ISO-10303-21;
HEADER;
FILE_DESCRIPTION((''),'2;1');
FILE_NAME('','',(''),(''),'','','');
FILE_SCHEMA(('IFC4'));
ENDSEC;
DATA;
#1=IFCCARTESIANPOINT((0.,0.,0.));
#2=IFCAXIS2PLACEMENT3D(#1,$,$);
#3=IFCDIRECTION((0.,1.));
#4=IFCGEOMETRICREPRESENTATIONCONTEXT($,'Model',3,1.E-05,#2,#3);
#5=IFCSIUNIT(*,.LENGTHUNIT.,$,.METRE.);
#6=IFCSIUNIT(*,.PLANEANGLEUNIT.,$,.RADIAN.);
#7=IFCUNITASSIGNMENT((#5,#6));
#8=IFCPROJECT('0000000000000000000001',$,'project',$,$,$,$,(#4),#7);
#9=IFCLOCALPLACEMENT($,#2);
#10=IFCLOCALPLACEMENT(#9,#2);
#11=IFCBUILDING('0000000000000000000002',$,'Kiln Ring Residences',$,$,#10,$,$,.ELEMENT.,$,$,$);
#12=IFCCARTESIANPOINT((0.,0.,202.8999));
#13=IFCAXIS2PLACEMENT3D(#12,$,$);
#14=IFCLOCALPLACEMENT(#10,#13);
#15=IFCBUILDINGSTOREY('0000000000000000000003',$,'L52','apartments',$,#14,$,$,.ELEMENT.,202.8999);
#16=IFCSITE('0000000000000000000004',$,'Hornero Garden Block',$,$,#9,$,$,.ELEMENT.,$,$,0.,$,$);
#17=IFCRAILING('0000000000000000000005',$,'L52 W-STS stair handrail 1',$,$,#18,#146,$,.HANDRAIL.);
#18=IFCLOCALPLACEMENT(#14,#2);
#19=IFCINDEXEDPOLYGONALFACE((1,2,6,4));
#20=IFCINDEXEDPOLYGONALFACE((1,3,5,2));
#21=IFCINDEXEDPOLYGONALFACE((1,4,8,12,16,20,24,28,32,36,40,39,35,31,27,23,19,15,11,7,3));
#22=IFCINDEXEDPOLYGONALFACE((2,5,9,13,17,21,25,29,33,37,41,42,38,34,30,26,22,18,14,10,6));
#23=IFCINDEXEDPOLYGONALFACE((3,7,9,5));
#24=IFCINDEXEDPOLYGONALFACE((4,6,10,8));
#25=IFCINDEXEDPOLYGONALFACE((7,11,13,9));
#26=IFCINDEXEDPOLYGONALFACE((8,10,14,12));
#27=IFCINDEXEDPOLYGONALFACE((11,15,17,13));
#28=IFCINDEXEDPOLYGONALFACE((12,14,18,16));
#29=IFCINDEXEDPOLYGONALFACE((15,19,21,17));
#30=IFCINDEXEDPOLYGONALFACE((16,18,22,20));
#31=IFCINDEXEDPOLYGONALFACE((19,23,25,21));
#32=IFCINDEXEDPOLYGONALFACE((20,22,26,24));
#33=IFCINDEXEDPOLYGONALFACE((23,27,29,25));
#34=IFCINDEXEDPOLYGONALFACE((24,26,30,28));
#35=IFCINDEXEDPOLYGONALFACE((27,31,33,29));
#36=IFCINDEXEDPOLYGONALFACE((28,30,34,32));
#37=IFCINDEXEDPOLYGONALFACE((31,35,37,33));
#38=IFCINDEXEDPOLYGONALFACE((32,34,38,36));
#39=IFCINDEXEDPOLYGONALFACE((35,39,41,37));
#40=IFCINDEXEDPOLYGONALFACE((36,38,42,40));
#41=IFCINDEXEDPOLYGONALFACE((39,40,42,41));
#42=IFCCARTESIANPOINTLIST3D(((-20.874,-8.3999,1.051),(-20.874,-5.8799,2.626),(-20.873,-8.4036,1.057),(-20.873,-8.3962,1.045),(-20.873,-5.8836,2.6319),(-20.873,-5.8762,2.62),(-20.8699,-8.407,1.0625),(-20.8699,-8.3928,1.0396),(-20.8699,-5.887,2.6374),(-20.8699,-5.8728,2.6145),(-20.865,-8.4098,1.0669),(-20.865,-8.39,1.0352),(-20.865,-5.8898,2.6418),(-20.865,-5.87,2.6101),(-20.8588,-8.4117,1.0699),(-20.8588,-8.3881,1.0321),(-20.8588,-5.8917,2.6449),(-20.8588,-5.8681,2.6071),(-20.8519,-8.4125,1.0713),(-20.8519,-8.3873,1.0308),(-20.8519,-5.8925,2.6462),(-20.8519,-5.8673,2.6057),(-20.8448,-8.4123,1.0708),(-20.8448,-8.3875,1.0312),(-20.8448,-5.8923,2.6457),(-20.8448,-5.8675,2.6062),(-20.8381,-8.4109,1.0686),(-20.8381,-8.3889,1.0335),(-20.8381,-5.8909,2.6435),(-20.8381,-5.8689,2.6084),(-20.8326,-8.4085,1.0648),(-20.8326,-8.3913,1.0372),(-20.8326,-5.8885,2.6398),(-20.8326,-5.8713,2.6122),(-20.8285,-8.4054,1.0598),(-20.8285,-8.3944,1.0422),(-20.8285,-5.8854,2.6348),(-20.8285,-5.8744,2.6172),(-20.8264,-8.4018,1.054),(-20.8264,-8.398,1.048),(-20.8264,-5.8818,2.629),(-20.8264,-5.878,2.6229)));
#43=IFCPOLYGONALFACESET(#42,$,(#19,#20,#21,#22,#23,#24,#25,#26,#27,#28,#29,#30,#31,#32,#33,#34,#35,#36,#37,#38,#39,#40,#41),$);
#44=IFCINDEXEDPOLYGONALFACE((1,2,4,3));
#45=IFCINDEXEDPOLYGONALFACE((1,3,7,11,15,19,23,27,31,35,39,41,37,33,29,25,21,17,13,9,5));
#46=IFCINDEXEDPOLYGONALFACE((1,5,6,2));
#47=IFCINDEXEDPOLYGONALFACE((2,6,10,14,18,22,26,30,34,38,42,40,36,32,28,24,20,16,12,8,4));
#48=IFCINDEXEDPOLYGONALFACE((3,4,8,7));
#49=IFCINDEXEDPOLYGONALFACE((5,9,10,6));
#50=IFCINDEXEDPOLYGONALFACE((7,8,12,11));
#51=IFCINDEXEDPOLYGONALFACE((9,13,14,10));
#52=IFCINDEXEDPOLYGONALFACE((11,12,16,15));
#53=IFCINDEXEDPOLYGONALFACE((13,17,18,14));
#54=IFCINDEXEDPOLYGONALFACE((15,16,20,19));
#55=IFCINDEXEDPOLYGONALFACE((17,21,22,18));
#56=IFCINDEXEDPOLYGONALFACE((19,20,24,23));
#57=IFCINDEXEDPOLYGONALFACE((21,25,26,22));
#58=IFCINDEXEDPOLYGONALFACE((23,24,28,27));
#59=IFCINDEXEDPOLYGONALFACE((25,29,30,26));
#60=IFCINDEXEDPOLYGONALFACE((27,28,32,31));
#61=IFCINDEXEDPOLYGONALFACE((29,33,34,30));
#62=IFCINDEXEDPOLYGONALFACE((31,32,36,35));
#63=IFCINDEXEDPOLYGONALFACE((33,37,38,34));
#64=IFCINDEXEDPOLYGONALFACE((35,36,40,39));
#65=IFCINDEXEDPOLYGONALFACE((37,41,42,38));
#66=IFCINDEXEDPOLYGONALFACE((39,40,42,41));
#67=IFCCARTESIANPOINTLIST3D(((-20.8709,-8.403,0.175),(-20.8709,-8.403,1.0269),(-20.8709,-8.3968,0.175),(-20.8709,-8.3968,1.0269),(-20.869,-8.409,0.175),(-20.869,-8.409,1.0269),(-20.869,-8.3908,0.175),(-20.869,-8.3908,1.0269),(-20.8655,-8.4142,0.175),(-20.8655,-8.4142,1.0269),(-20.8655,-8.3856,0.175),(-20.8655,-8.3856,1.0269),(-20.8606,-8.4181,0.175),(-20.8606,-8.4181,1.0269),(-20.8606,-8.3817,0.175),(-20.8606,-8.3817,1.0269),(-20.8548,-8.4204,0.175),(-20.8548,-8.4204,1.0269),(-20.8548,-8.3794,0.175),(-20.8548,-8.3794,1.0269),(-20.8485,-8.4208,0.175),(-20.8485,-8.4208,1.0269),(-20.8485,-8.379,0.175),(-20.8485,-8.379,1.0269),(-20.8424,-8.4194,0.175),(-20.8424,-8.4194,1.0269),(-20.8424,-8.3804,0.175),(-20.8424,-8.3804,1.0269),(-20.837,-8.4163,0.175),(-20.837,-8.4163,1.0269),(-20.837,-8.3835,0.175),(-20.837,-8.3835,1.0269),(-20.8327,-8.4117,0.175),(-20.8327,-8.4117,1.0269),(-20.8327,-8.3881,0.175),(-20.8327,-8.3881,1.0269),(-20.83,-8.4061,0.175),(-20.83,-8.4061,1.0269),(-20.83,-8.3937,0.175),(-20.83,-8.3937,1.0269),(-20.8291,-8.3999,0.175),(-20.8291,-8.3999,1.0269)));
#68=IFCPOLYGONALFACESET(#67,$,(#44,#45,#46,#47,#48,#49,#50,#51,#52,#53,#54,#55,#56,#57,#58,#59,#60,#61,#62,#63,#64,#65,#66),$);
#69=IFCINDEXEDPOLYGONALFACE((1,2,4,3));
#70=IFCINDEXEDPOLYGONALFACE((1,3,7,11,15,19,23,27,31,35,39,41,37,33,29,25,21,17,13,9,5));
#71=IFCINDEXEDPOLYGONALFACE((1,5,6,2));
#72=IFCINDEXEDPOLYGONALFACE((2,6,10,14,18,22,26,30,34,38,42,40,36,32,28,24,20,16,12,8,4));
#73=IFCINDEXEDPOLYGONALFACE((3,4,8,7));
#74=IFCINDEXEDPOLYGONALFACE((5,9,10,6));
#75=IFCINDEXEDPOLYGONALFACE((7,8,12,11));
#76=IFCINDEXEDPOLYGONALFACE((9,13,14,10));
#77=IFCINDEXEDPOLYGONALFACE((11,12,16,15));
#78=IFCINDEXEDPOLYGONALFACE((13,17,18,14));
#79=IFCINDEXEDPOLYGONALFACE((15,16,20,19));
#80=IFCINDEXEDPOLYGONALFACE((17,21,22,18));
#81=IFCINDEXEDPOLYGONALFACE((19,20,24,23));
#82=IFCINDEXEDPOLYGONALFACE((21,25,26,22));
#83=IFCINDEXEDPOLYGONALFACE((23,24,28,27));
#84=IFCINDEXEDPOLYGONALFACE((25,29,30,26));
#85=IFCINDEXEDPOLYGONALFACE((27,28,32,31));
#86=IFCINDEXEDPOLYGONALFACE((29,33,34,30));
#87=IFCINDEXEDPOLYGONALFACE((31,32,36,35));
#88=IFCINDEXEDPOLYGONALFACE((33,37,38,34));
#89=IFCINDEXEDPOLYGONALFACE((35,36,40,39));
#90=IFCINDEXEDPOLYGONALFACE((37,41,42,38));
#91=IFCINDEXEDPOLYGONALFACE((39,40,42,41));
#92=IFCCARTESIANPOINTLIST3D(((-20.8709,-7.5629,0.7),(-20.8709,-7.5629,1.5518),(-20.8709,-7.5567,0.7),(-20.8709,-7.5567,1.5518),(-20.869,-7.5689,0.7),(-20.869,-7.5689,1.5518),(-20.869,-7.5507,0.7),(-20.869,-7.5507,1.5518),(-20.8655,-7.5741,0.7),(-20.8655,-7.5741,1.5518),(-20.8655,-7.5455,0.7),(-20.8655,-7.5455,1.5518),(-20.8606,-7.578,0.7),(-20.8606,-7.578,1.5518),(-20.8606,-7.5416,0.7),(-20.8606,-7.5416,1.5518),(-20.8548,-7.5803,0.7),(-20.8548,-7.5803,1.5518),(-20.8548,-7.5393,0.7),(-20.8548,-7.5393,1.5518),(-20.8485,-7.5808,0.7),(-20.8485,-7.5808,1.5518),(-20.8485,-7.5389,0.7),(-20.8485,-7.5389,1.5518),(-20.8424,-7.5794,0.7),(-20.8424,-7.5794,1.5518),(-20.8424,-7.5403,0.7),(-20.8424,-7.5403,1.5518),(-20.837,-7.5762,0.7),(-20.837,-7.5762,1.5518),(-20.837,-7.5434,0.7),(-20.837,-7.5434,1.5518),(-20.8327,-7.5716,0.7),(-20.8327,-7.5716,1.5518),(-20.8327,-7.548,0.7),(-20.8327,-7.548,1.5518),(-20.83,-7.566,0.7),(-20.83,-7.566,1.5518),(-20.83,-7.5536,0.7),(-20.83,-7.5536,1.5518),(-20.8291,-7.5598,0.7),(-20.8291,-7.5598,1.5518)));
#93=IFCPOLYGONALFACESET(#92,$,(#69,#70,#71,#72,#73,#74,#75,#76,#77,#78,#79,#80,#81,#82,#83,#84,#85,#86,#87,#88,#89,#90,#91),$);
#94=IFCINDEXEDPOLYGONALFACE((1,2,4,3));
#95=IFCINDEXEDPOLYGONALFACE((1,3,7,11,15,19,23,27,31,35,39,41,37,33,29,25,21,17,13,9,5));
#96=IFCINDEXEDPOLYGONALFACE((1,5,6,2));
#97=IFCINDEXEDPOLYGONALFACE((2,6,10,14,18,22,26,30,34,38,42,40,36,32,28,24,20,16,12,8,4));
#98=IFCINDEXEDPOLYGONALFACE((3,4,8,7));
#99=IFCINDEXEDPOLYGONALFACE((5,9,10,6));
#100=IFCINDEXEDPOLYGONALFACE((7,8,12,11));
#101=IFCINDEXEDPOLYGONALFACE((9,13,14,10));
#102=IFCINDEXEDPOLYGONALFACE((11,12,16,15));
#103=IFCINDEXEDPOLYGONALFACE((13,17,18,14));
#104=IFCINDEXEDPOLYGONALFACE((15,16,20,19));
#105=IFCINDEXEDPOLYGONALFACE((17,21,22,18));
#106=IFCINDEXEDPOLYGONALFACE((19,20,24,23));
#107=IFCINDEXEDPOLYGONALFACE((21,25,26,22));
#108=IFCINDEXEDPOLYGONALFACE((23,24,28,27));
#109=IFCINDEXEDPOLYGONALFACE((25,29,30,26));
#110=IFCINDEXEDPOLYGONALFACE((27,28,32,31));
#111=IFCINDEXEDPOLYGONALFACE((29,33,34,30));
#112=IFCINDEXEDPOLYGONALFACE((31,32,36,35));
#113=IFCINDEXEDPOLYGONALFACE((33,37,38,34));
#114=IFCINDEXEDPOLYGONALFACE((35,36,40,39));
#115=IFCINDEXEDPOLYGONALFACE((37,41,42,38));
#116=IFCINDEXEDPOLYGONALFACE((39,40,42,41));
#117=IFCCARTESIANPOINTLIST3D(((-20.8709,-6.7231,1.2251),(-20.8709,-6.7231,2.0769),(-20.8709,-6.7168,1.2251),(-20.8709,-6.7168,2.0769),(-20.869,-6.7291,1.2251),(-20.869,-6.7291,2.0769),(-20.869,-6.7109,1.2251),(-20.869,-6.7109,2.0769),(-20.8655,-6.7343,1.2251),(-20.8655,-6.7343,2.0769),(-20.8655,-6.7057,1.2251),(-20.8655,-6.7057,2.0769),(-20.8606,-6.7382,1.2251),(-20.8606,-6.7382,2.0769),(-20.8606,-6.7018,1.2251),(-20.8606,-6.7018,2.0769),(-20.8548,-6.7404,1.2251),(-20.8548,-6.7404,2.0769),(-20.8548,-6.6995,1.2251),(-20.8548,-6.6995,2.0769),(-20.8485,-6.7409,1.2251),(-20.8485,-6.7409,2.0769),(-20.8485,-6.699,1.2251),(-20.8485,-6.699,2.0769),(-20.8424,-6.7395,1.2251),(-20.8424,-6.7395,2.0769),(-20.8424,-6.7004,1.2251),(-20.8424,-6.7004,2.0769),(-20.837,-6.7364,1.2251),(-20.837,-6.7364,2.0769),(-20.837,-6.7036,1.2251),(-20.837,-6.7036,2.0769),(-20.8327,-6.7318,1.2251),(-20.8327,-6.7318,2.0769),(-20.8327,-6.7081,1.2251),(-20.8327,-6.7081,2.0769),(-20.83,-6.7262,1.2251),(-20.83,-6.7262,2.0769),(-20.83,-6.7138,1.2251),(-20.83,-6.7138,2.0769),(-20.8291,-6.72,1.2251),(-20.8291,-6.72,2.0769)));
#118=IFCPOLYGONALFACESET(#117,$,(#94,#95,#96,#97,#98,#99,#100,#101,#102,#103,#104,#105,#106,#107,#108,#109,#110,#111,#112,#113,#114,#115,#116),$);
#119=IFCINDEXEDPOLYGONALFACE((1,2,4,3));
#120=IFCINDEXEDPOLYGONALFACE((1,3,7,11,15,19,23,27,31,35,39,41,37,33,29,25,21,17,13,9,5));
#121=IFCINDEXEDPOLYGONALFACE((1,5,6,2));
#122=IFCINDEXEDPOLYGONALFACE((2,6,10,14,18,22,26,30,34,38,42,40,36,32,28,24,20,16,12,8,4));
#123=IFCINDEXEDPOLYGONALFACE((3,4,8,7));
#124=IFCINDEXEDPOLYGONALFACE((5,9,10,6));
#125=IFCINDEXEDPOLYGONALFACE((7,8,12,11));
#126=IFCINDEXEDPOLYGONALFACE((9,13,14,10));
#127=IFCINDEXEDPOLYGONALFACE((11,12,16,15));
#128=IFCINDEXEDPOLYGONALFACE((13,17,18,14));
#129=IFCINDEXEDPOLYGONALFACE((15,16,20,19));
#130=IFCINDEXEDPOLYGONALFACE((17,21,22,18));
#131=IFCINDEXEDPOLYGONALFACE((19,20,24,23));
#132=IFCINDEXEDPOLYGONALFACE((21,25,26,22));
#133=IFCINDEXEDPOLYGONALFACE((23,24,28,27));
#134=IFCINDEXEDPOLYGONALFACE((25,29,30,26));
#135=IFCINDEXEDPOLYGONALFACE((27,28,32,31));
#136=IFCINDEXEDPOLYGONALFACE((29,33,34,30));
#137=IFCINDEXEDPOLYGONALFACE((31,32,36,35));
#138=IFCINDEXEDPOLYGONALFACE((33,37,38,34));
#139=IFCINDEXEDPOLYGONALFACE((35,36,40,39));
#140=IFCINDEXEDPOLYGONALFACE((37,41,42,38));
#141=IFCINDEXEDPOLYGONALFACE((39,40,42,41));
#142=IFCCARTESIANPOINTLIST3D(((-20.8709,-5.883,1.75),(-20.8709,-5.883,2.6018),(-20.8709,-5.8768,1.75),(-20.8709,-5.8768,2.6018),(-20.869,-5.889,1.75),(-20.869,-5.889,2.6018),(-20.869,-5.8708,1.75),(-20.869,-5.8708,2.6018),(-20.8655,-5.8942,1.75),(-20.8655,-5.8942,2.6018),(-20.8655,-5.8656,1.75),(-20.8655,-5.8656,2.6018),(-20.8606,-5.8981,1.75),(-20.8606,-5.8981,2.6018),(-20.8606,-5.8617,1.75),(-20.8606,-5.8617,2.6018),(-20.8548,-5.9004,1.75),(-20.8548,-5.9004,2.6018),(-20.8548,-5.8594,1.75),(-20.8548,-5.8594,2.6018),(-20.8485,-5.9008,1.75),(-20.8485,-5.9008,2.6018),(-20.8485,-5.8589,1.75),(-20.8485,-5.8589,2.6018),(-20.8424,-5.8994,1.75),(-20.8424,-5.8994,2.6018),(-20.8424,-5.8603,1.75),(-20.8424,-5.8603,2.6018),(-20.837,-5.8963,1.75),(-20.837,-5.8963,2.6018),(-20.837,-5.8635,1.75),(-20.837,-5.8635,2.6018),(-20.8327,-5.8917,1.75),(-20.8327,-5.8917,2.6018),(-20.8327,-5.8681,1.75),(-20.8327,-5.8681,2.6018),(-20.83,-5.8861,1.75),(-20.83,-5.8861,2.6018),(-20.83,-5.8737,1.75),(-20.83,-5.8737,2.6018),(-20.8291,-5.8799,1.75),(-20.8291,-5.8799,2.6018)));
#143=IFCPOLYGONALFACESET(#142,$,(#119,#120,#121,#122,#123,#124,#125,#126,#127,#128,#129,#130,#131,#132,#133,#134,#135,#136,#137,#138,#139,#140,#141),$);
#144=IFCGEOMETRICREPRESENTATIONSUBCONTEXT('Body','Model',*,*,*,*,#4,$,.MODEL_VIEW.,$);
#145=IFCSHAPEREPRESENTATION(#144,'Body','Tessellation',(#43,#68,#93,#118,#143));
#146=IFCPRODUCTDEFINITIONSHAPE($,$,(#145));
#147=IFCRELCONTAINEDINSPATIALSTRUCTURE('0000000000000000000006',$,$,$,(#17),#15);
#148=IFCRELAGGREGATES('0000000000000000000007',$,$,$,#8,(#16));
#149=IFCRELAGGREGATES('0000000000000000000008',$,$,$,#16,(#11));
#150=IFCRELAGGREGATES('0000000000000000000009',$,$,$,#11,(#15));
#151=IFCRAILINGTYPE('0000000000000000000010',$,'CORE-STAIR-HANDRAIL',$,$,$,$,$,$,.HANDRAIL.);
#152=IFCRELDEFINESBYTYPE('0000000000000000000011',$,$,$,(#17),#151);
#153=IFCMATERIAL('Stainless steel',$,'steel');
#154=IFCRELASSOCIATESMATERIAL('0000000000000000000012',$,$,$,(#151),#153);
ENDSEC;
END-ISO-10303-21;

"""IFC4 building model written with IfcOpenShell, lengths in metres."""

from ifc_helpers import new_model, si_unit, direction, frame, origin, origin_2d, place, context, subcontext, project, spatial, circle, extrude, material, type_object, element, save


model = new_model("IFC4")

# Units and contexts
model_context = context("Model", 3, precision=1e-05, world=origin(), true_north=direction((0.0, 1.0)))
body_context = subcontext(model_context, "Body", "Model", "MODEL_VIEW")
ifc_project = project(units=[si_unit("LENGTHUNIT", "METRE"), si_unit("PLANEANGLEUNIT", "RADIAN")], contexts=[model_context])

# Site, building, storey
site_placement = place(None, origin())
site = spatial("IfcSite", under=ifc_project, at=site_placement, Name="Hornero Garden Block", CompositionType="ELEMENT", RefElevation=0.0)
building_placement = place(site_placement, origin())
building = spatial("IfcBuilding", under=site, at=building_placement, Name="Kiln Ring Residences", CompositionType="ELEMENT")
storey_placement = place(building_placement, frame((0.0, 0.0, 202.8999)))
storey = spatial("IfcBuildingStorey", under=building, at=storey_placement, Name="L52", Description="apartments", CompositionType="ELEMENT", Elevation=202.8999)

# Railing
ifc_material_1 = material(Name="Stainless steel", Category="steel")
railing_type_1 = type_object("IfcRailingType", Name="CORE-STAIR-HANDRAIL", PredefinedType="HANDRAIL", material=ifc_material_1)
railing_1_placement = place(storey_placement, frame((-20.8501, -8.3999, 0.175)))
element("IfcRailing", 1, at=railing_1_placement, inside=storey, type_object=railing_type_1, Name="L52 W-STS stair handrail 1", PredefinedType="HANDRAIL", context=body_context, shape_type="SweptSolid", body=[
    extrude(circle(Radius=0.0239, at=origin_2d()), frame((0.0, 0.0, 0.876), z_axis=(0.0, 0.848008, 0.529984), x_axis=(-1.0, 0.0, 0.0)), (0.0, 0.0, 1.0), 2.9717),
    extrude(circle(Radius=0.021, at=origin_2d()), origin(), (0.0, 0.0, 1.0), 0.8518),
    extrude(circle(Radius=0.021, at=origin_2d()), frame((0.0, 0.8401, 0.5249)), (0.0, 0.0, 1.0), 0.8518),
    extrude(circle(Radius=0.021, at=origin_2d()), frame((0.0, 1.6799, 1.05)), (0.0, 0.0, 1.0), 0.8518),
    extrude(circle(Radius=0.021, at=origin_2d()), frame((0.0, 2.52, 1.575)), (0.0, 0.0, 1.0), 0.8518),
])

save(model, "model.ifc")
